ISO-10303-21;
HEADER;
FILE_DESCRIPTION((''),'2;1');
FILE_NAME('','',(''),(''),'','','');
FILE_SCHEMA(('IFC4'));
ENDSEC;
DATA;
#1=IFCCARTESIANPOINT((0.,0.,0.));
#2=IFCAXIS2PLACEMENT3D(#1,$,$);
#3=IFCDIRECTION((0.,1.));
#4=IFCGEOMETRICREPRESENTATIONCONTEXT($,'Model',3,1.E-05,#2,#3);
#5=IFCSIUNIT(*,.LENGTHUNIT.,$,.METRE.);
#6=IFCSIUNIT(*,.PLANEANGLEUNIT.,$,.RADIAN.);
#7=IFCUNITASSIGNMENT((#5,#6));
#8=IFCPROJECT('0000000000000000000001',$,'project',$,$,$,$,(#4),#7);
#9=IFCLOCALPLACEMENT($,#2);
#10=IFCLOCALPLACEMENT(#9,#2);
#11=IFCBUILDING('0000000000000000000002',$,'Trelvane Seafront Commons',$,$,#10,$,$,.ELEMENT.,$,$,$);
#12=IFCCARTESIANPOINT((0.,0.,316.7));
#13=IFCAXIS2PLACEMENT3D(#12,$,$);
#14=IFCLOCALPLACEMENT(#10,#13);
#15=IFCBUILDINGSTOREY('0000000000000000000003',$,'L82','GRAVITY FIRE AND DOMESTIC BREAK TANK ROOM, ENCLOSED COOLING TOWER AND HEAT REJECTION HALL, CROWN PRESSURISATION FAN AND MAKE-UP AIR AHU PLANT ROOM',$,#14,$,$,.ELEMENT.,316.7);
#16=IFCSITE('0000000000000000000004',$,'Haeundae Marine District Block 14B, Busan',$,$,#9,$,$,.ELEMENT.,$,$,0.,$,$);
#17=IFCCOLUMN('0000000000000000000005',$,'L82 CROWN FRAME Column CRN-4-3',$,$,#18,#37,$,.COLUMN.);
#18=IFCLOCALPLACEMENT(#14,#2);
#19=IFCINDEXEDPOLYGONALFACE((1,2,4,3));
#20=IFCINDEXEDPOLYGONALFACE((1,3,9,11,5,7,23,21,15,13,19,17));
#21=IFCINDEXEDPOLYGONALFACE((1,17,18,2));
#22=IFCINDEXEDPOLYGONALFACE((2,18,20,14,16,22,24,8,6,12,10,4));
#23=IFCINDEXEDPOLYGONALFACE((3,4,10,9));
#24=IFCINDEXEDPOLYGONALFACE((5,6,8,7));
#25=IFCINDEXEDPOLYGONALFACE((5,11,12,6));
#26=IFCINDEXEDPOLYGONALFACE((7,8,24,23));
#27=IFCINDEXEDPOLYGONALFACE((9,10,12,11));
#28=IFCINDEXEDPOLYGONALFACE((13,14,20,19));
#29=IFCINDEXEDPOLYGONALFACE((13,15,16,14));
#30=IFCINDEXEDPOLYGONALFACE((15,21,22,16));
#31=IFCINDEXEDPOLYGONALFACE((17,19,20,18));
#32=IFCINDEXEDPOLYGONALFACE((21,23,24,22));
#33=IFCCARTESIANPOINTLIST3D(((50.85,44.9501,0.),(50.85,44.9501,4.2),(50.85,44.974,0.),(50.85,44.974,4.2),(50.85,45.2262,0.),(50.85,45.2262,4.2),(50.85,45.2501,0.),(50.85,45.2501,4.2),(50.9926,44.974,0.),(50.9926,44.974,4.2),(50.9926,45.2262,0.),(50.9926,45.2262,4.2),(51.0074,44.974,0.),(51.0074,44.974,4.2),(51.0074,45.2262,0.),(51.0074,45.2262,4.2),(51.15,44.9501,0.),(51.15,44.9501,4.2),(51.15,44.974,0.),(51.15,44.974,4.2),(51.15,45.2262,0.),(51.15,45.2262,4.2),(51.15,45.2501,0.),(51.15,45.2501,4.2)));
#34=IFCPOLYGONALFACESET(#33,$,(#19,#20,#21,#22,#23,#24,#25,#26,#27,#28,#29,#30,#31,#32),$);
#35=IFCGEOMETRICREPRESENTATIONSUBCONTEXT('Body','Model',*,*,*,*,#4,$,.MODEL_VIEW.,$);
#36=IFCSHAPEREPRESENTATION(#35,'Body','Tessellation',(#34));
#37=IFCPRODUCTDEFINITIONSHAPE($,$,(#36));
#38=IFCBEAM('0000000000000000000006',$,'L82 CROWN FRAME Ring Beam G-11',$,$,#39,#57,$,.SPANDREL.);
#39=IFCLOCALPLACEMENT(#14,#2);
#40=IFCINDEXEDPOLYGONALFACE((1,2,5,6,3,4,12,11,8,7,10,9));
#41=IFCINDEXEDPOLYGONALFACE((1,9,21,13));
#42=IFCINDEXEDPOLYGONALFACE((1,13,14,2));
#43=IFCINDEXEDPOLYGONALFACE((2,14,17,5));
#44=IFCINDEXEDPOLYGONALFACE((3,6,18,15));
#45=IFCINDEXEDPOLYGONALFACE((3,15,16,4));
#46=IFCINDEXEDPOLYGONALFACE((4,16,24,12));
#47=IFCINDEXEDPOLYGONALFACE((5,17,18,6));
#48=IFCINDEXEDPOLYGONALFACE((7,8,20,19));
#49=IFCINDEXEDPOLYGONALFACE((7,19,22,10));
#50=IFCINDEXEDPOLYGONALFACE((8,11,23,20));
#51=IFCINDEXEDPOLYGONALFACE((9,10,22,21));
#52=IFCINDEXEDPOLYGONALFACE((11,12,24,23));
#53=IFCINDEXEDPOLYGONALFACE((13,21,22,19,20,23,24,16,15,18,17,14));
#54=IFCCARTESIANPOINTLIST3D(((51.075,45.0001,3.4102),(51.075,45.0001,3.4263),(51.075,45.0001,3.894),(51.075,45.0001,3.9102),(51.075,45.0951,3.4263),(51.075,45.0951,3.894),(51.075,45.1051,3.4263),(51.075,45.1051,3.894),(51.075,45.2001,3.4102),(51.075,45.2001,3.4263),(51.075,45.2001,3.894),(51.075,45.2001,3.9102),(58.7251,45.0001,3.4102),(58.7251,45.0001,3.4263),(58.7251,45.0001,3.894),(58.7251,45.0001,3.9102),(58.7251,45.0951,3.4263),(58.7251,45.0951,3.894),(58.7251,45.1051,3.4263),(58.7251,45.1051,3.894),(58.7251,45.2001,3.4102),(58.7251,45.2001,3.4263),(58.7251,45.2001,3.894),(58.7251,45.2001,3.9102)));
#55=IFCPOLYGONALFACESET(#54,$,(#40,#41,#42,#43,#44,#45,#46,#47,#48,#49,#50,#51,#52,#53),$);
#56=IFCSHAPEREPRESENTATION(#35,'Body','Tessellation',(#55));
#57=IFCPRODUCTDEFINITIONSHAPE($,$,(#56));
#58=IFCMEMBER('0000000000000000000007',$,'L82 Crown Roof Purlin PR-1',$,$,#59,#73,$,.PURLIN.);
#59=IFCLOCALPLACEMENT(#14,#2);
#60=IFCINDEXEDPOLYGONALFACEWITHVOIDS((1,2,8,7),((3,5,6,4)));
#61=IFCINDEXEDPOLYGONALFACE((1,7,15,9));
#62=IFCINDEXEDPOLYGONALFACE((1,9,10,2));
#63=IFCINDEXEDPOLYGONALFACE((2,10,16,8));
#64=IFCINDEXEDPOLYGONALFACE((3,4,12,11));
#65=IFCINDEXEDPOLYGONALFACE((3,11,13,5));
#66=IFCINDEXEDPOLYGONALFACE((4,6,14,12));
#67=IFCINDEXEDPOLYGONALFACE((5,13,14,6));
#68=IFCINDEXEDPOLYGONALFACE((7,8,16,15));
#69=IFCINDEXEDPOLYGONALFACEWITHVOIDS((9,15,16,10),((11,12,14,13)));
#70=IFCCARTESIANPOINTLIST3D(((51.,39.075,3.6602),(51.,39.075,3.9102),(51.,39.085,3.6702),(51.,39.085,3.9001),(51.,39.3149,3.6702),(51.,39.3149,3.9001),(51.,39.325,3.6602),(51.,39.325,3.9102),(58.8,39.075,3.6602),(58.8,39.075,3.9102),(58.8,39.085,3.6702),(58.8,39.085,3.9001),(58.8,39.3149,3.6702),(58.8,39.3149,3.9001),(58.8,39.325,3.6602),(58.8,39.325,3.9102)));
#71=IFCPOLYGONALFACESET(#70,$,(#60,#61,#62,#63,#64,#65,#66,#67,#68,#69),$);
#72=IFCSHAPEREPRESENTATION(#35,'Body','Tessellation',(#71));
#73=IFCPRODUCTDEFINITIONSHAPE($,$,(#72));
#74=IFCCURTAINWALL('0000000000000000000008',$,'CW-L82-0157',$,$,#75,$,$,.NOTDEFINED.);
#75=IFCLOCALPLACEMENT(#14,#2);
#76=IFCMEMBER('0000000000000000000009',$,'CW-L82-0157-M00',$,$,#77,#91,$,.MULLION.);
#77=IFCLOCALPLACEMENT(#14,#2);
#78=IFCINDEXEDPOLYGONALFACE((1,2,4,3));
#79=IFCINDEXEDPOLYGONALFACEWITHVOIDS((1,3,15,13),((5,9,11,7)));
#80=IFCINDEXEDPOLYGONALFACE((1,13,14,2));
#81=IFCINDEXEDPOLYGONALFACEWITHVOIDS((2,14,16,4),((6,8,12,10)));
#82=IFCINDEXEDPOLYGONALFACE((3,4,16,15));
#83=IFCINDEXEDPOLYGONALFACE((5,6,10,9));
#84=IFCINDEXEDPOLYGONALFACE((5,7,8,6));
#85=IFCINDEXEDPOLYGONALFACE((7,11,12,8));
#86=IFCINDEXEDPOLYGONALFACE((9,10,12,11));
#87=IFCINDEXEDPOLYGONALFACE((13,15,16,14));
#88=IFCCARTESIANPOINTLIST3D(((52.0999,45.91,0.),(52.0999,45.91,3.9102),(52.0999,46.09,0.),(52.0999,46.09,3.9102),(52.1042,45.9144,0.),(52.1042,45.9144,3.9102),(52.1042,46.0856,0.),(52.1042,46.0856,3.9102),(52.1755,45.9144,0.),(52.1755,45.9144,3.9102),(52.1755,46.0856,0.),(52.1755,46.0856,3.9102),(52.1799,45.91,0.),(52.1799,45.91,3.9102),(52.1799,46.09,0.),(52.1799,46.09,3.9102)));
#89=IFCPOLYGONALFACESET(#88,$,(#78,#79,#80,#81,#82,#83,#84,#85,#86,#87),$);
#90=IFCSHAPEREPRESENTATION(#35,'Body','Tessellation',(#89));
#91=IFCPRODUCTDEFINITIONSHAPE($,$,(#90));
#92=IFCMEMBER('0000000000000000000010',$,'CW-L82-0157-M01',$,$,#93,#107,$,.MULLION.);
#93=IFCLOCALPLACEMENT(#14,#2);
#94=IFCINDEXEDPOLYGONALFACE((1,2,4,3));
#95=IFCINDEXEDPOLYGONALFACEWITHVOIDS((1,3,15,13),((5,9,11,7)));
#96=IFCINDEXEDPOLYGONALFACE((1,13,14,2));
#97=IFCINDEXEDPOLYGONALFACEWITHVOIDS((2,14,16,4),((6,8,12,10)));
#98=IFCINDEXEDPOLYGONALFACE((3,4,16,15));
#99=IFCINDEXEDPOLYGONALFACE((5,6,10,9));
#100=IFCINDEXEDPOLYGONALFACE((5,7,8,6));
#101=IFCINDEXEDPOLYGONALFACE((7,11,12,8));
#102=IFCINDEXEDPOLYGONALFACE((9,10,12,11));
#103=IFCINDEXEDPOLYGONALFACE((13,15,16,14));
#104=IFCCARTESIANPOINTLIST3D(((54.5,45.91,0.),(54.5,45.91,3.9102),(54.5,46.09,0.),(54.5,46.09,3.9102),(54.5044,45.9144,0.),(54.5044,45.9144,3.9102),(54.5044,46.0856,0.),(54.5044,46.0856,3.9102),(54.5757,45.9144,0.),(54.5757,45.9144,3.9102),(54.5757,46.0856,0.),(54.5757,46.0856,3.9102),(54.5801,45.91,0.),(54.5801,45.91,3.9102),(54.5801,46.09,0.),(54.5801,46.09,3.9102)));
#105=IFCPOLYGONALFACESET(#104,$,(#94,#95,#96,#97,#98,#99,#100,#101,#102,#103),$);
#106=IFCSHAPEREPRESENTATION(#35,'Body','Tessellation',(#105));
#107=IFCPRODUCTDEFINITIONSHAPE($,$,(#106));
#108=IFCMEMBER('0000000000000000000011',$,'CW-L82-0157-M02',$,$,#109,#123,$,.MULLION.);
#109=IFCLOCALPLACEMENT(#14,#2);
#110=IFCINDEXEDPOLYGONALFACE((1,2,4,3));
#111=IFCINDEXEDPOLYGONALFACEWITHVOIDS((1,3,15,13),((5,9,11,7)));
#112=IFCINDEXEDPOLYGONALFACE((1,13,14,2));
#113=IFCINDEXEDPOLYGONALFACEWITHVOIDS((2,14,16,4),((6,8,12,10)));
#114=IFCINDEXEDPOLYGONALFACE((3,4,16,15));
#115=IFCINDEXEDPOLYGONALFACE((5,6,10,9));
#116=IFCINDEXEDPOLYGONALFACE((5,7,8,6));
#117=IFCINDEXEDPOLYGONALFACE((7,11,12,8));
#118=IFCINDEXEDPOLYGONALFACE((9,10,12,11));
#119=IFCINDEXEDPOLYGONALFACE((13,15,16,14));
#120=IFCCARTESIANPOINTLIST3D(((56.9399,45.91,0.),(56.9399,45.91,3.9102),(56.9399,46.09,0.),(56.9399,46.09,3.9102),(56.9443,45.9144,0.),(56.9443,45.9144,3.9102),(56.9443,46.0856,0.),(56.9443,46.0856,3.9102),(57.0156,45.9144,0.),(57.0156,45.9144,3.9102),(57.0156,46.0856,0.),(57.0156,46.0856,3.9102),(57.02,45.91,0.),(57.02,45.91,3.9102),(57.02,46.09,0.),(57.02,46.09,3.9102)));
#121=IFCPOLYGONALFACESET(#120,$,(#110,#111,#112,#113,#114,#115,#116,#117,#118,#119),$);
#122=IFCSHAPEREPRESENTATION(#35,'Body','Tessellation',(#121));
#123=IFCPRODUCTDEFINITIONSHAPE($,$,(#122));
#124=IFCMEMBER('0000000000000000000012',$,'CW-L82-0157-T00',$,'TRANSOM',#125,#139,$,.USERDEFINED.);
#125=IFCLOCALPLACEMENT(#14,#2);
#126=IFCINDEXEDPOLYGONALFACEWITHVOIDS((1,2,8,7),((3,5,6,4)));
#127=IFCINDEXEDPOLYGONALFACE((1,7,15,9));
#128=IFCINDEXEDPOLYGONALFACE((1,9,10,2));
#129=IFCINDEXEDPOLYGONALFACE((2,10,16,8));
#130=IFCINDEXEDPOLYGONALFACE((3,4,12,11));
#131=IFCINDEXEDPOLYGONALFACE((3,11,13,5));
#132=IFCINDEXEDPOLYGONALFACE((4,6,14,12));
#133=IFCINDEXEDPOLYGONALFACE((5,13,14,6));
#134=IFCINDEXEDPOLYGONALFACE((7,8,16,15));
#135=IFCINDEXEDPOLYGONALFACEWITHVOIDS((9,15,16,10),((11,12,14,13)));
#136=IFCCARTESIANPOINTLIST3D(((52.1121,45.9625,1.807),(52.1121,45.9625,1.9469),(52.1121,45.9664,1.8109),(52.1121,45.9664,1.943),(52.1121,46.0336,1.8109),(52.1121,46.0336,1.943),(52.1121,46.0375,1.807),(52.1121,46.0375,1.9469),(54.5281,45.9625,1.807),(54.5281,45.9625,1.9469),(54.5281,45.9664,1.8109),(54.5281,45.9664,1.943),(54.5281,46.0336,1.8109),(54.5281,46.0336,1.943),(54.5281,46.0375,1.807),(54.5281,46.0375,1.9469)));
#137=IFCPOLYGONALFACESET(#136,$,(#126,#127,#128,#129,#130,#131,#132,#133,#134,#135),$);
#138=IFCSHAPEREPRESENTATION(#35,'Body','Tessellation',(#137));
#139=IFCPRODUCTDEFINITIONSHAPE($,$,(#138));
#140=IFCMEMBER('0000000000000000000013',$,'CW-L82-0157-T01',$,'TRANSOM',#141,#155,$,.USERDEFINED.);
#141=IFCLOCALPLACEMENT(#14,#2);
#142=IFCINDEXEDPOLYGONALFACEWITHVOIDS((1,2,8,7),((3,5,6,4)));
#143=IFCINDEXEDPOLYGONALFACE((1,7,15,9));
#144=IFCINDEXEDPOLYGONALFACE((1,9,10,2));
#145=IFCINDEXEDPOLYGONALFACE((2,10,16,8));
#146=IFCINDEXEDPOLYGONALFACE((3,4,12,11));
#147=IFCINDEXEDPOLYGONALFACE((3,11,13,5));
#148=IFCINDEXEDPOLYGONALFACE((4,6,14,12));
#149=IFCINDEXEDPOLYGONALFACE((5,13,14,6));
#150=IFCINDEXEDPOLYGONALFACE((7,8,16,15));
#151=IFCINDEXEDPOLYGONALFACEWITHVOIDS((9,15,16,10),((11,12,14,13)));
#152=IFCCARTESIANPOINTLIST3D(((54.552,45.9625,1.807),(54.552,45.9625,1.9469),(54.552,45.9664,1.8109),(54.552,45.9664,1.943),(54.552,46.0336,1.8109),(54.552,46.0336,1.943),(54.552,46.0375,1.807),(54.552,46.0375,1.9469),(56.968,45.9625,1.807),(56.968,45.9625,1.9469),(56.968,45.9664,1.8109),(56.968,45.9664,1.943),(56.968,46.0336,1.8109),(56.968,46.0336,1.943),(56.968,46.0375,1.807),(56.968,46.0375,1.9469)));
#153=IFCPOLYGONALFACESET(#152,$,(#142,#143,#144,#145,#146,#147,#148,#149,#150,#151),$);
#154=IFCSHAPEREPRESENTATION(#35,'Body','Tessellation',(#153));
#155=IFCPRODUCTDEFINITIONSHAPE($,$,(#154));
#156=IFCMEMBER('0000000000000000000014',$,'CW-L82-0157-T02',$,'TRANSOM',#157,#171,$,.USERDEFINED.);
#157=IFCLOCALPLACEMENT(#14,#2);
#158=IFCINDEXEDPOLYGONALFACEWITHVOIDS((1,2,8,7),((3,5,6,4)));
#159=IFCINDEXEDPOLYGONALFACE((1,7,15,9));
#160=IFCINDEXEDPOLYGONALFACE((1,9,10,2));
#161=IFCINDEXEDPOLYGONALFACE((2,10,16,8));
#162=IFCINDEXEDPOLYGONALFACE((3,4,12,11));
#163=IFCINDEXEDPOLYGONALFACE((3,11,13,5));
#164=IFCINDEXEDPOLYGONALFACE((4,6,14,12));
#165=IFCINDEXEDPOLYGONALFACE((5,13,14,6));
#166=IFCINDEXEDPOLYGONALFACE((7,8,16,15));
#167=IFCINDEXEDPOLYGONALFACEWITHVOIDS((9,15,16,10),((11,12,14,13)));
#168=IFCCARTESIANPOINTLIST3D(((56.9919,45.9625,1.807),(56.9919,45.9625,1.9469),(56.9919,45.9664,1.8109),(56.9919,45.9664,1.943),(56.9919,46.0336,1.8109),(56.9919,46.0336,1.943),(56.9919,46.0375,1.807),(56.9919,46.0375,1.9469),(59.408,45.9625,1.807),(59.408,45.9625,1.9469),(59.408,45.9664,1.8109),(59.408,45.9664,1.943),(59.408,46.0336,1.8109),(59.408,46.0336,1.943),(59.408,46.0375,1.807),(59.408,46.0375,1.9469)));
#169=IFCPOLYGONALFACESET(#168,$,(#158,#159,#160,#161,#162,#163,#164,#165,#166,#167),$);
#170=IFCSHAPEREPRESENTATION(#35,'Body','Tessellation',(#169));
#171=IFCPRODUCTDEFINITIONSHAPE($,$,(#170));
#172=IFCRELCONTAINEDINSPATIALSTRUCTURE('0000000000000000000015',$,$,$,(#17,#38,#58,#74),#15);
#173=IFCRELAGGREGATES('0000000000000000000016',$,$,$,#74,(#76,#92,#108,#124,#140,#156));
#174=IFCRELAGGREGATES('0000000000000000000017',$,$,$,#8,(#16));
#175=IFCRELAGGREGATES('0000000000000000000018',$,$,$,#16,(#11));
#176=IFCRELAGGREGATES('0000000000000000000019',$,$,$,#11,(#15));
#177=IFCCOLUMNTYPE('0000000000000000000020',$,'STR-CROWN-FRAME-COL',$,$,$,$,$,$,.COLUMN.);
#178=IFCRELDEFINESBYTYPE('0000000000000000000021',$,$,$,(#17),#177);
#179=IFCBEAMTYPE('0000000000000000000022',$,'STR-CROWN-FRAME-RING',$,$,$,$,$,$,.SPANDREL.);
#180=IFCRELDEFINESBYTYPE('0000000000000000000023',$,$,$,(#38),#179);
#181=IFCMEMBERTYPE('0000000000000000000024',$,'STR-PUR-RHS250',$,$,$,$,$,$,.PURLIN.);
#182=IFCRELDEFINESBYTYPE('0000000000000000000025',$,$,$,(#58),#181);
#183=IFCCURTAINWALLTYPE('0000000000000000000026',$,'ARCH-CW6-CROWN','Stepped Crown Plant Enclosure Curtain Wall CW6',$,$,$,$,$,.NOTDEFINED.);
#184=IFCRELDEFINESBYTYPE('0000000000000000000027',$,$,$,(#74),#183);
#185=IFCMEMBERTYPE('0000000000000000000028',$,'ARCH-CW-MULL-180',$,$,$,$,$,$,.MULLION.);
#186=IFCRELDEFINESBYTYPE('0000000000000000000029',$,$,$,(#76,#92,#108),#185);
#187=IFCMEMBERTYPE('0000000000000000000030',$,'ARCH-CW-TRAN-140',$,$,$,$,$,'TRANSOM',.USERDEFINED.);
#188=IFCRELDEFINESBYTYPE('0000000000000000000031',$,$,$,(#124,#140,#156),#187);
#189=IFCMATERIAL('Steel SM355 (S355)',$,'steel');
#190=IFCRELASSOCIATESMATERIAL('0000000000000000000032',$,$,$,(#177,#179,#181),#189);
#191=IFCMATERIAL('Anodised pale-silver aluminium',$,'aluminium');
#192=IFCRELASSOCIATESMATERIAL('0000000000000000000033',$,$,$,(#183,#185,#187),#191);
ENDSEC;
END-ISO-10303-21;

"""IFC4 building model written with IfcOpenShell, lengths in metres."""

from ifc_helpers import new_model, si_unit, direction, frame, origin, origin_2d, place, context, subcontext, project, spatial, hollow_rectangle, i_section, extrude, source, transform, mapped, material, material_profile, profile_set, type_object, element, aggregate, save


model = new_model("IFC4")

# Units and contexts
model_context = context("Model", 3, precision=1e-05, world=origin(), true_north=direction((0.0, 1.0)))
body_context = subcontext(model_context, "Body", "Model", "MODEL_VIEW")
ifc_project = project(units=[si_unit("LENGTHUNIT", "METRE"), si_unit("PLANEANGLEUNIT", "RADIAN")], contexts=[model_context])

# Site, building, storey
site_placement = place(None, origin())
site = spatial("IfcSite", under=ifc_project, at=site_placement, Name="Haeundae Marine District Block 14B, Busan", CompositionType="ELEMENT", RefElevation=0.0)
building_placement = place(site_placement, origin())
building = spatial("IfcBuilding", under=site, at=building_placement, Name="Trelvane Seafront Commons", CompositionType="ELEMENT")
storey_placement = place(building_placement, frame((0.0, 0.0, 316.7)))
storey = spatial("IfcBuildingStorey", under=building, at=storey_placement, Name="L82", Description="GRAVITY FIRE AND DOMESTIC BREAK TANK ROOM, ENCLOSED COOLING TOWER AND HEAT REJECTION HALL, CROWN PRESSURISATION FAN AND MAKE-UP AIR AHU PLANT ROOM", CompositionType="ELEMENT", Elevation=316.7)

# Column
ifc_material_1 = material(Name="Steel SM355 (S355)", Category="steel")
ifc_material_profile_1 = material_profile(ifc_material_1, i_section(OverallWidth=0.3, OverallDepth=0.3, WebThickness=0.0149, FlangeThickness=0.0239, at=origin_2d()), Name="HD-300x300x15x24")
ifc_profile_set_1 = profile_set([ifc_material_profile_1], Name="Steel SM355 (S355)")
column_type = type_object("IfcColumnType", Name="STR-CROWN-FRAME-COL", PredefinedType="COLUMN", material=ifc_profile_set_1)
shared_shape_1 = source(origin(), body_context, "Body", "SweptSolid", [
    extrude(i_section(OverallWidth=0.3, OverallDepth=0.3, WebThickness=0.0149, FlangeThickness=0.0239, at=origin_2d()), origin(), (0.0, 0.0, 1.0), 4.2),
])
column_placement = place(storey_placement, frame((51.0, 45.1001, 0.0), z_axis=(0.0, 0.0, 1.0), x_axis=(1.0, 0.0, 0.0)))
element("IfcColumn", 1, at=column_placement, inside=storey, type_object=column_type, Name="L82 CROWN FRAME Column CRN-4-3", PredefinedType="COLUMN", context=body_context, shape_type="MappedRepresentation", body=[
    mapped(shared_shape_1, transform((0.0, 0.0, 0.0), x_axis=(1.0, 0.0, 0.0), y_axis=(0.0, 1.0, 0.0), z_axis=(0.0, 0.0, 1.0), scale=1.0)),
])

# Beam
ifc_material_profile_2 = material_profile(ifc_material_1, i_section(OverallWidth=0.2, OverallDepth=0.5, WebThickness=0.01, FlangeThickness=0.0161, at=origin_2d()), Name="H-500x200x10x16")
ifc_profile_set_2 = profile_set([ifc_material_profile_2], Name="Steel SM355 (S355)")
beam_type = type_object("IfcBeamType", Name="STR-CROWN-FRAME-RING", PredefinedType="SPANDREL", material=ifc_profile_set_2)
shared_shape_2 = source(origin(), body_context, "Body", "SweptSolid", [
    extrude(i_section(OverallWidth=0.2, OverallDepth=0.5, WebThickness=0.01, FlangeThickness=0.0161, at=origin_2d()), origin(), (0.0, 0.0, 1.0), 7.6501),
])
beam_placement = place(storey_placement, frame((51.075, 45.1001, 3.6602), z_axis=(1.0, 0.0, 0.0), x_axis=(0.0, 1.0, 0.0)))
element("IfcBeam", 2, at=beam_placement, inside=storey, type_object=beam_type, Name="L82 CROWN FRAME Ring Beam G-11", PredefinedType="SPANDREL", context=body_context, shape_type="MappedRepresentation", body=[
    mapped(shared_shape_2, transform((0.0, 0.0, 0.0), x_axis=(1.0, 0.0, 0.0), y_axis=(0.0, 1.0, 0.0), z_axis=(0.0, 0.0, 1.0), scale=1.0)),
])

# Member
ifc_material_profile_3 = material_profile(ifc_material_1, hollow_rectangle(XDim=0.25, YDim=0.25, WallThickness=0.01, at=origin_2d()), Name="RHS-250x250x10")
ifc_profile_set_3 = profile_set([ifc_material_profile_3], Name="Steel SM355 (S355)")
member_type_1 = type_object("IfcMemberType", Name="STR-PUR-RHS250", PredefinedType="PURLIN", material=ifc_profile_set_3)
shared_shape_3 = source(origin(), body_context, "Body", "SweptSolid", [
    extrude(hollow_rectangle(XDim=0.25, YDim=0.25, WallThickness=0.01, at=origin_2d()), origin(), (0.0, 0.0, 1.0), 7.8),
])
member_1_placement = place(storey_placement, frame((51.0, 39.2, 3.7852), z_axis=(1.0, 0.0, 0.0), x_axis=(0.0, 1.0, 0.0)))
element("IfcMember", 3, at=member_1_placement, inside=storey, type_object=member_type_1, Name="L82 Crown Roof Purlin PR-1", PredefinedType="PURLIN", context=body_context, shape_type="MappedRepresentation", body=[
    mapped(shared_shape_3, transform((0.0, 0.0, 0.0), x_axis=(1.0, 0.0, 0.0), y_axis=(0.0, 1.0, 0.0), z_axis=(0.0, 0.0, 1.0), scale=1.0)),
])

# Curtain wall, members
ifc_material_2 = material(Name="Anodised pale-silver aluminium", Category="aluminium")
curtain_wall_type = type_object("IfcCurtainWallType", Name="ARCH-CW6-CROWN", Description="Stepped Crown Plant Enclosure Curtain Wall CW6", PredefinedType="NOTDEFINED", material=ifc_material_2)
curtain_wall_placement = place(storey_placement, origin())
curtain_wall = element("IfcCurtainWall", 4, at=curtain_wall_placement, inside=storey, type_object=curtain_wall_type, Name="CW-L82-0157", PredefinedType="NOTDEFINED")
ifc_material_profile_4 = material_profile(ifc_material_2, hollow_rectangle(XDim=0.0801, YDim=0.1799, WallThickness=0.0044, at=origin_2d()), Name="MULL-80x180x4.5")
ifc_profile_set_4 = profile_set([ifc_material_profile_4], Name="Anodised pale-silver aluminium")
member_type_2 = type_object("IfcMemberType", Name="ARCH-CW-MULL-180", PredefinedType="MULLION", material=ifc_profile_set_4)
shared_shape_4 = source(origin(), body_context, "Body", "SweptSolid", [
    extrude(hollow_rectangle(XDim=0.0801, YDim=0.1799, WallThickness=0.0044, at=origin_2d()), origin(), (0.0, 0.0, 1.0), 3.9102),
])
member_2_placement = place(storey_placement, frame((52.1399, 46.0, 0.0), z_axis=(0.0, 0.0, 1.0), x_axis=(1.0, 0.0, 0.0)))
member_2 = element("IfcMember", 5, at=member_2_placement, type_object=member_type_2, Name="CW-L82-0157-M00", PredefinedType="MULLION", context=body_context, shape_type="MappedRepresentation", body=[
    mapped(shared_shape_4, transform((0.0, 0.0, 0.0), x_axis=(1.0, 0.0, 0.0), y_axis=(0.0, 1.0, 0.0), z_axis=(0.0, 0.0, 1.0), scale=1.0)),
])
member_3_placement = place(storey_placement, frame((54.54, 46.0, 0.0), z_axis=(0.0, 0.0, 1.0), x_axis=(1.0, 0.0, 0.0)))
member_3 = element("IfcMember", 6, at=member_3_placement, type_object=member_type_2, Name="CW-L82-0157-M01", PredefinedType="MULLION", context=body_context, shape_type="MappedRepresentation", body=[
    mapped(shared_shape_4, transform((0.0, 0.0, 0.0), x_axis=(1.0, 0.0, 0.0), y_axis=(0.0, 1.0, 0.0), z_axis=(0.0, 0.0, 1.0), scale=1.0)),
])
member_4_placement = place(storey_placement, frame((56.98, 46.0, 0.0), z_axis=(0.0, 0.0, 1.0), x_axis=(1.0, 0.0, 0.0)))
member_4 = element("IfcMember", 7, at=member_4_placement, type_object=member_type_2, Name="CW-L82-0157-M02", PredefinedType="MULLION", context=body_context, shape_type="MappedRepresentation", body=[
    mapped(shared_shape_4, transform((0.0, 0.0, 0.0), x_axis=(1.0, 0.0, 0.0), y_axis=(0.0, 1.0, 0.0), z_axis=(0.0, 0.0, 1.0), scale=1.0)),
])
ifc_material_profile_5 = material_profile(ifc_material_2, hollow_rectangle(XDim=0.075, YDim=0.1399, WallThickness=0.0039, at=origin_2d()), Name="TRAN-75x140x4")
ifc_profile_set_5 = profile_set([ifc_material_profile_5], Name="Anodised pale-silver aluminium")
member_type_3 = type_object("IfcMemberType", Name="ARCH-CW-TRAN-140", ElementType="TRANSOM", PredefinedType="USERDEFINED", material=ifc_profile_set_5)
shared_shape_5 = source(origin(), body_context, "Body", "SweptSolid", [
    extrude(hollow_rectangle(XDim=0.075, YDim=0.1399, WallThickness=0.0039, at=origin_2d()), origin(), (0.0, 0.0, 1.0), 2.416),
])
member_5_placement = place(storey_placement, frame((52.1121, 46.0, 1.877), z_axis=(1.0, 0.0, 0.0), x_axis=(0.0, 1.0, 0.0)))
member_5 = element("IfcMember", 8, at=member_5_placement, type_object=member_type_3, Name="CW-L82-0157-T00", ObjectType="TRANSOM", PredefinedType="USERDEFINED", context=body_context, shape_type="MappedRepresentation", body=[
    mapped(shared_shape_5, transform((0.0, 0.0, 0.0), x_axis=(1.0, 0.0, 0.0), y_axis=(0.0, 1.0, 0.0), z_axis=(0.0, 0.0, 1.0), scale=1.0)),
])
member_6_placement = place(storey_placement, frame((54.552, 46.0, 1.877), z_axis=(1.0, 0.0, 0.0), x_axis=(0.0, 1.0, 0.0)))
member_6 = element("IfcMember", 9, at=member_6_placement, type_object=member_type_3, Name="CW-L82-0157-T01", ObjectType="TRANSOM", PredefinedType="USERDEFINED", context=body_context, shape_type="MappedRepresentation", body=[
    mapped(shared_shape_5, transform((0.0, 0.0, 0.0), x_axis=(1.0, 0.0, 0.0), y_axis=(0.0, 1.0, 0.0), z_axis=(0.0, 0.0, 1.0), scale=1.0)),
])
member_7_placement = place(storey_placement, frame((56.9919, 46.0, 1.877), z_axis=(1.0, 0.0, 0.0), x_axis=(0.0, 1.0, 0.0)))
member_7 = element("IfcMember", 10, at=member_7_placement, type_object=member_type_3, Name="CW-L82-0157-T02", ObjectType="TRANSOM", PredefinedType="USERDEFINED", context=body_context, shape_type="MappedRepresentation", body=[
    mapped(shared_shape_5, transform((0.0, 0.0, 0.0), x_axis=(1.0, 0.0, 0.0), y_axis=(0.0, 1.0, 0.0), z_axis=(0.0, 0.0, 1.0), scale=1.0)),
])
aggregate(curtain_wall, [member_2, member_3, member_4, member_5, member_6, member_7])

save(model, "model.ifc")
